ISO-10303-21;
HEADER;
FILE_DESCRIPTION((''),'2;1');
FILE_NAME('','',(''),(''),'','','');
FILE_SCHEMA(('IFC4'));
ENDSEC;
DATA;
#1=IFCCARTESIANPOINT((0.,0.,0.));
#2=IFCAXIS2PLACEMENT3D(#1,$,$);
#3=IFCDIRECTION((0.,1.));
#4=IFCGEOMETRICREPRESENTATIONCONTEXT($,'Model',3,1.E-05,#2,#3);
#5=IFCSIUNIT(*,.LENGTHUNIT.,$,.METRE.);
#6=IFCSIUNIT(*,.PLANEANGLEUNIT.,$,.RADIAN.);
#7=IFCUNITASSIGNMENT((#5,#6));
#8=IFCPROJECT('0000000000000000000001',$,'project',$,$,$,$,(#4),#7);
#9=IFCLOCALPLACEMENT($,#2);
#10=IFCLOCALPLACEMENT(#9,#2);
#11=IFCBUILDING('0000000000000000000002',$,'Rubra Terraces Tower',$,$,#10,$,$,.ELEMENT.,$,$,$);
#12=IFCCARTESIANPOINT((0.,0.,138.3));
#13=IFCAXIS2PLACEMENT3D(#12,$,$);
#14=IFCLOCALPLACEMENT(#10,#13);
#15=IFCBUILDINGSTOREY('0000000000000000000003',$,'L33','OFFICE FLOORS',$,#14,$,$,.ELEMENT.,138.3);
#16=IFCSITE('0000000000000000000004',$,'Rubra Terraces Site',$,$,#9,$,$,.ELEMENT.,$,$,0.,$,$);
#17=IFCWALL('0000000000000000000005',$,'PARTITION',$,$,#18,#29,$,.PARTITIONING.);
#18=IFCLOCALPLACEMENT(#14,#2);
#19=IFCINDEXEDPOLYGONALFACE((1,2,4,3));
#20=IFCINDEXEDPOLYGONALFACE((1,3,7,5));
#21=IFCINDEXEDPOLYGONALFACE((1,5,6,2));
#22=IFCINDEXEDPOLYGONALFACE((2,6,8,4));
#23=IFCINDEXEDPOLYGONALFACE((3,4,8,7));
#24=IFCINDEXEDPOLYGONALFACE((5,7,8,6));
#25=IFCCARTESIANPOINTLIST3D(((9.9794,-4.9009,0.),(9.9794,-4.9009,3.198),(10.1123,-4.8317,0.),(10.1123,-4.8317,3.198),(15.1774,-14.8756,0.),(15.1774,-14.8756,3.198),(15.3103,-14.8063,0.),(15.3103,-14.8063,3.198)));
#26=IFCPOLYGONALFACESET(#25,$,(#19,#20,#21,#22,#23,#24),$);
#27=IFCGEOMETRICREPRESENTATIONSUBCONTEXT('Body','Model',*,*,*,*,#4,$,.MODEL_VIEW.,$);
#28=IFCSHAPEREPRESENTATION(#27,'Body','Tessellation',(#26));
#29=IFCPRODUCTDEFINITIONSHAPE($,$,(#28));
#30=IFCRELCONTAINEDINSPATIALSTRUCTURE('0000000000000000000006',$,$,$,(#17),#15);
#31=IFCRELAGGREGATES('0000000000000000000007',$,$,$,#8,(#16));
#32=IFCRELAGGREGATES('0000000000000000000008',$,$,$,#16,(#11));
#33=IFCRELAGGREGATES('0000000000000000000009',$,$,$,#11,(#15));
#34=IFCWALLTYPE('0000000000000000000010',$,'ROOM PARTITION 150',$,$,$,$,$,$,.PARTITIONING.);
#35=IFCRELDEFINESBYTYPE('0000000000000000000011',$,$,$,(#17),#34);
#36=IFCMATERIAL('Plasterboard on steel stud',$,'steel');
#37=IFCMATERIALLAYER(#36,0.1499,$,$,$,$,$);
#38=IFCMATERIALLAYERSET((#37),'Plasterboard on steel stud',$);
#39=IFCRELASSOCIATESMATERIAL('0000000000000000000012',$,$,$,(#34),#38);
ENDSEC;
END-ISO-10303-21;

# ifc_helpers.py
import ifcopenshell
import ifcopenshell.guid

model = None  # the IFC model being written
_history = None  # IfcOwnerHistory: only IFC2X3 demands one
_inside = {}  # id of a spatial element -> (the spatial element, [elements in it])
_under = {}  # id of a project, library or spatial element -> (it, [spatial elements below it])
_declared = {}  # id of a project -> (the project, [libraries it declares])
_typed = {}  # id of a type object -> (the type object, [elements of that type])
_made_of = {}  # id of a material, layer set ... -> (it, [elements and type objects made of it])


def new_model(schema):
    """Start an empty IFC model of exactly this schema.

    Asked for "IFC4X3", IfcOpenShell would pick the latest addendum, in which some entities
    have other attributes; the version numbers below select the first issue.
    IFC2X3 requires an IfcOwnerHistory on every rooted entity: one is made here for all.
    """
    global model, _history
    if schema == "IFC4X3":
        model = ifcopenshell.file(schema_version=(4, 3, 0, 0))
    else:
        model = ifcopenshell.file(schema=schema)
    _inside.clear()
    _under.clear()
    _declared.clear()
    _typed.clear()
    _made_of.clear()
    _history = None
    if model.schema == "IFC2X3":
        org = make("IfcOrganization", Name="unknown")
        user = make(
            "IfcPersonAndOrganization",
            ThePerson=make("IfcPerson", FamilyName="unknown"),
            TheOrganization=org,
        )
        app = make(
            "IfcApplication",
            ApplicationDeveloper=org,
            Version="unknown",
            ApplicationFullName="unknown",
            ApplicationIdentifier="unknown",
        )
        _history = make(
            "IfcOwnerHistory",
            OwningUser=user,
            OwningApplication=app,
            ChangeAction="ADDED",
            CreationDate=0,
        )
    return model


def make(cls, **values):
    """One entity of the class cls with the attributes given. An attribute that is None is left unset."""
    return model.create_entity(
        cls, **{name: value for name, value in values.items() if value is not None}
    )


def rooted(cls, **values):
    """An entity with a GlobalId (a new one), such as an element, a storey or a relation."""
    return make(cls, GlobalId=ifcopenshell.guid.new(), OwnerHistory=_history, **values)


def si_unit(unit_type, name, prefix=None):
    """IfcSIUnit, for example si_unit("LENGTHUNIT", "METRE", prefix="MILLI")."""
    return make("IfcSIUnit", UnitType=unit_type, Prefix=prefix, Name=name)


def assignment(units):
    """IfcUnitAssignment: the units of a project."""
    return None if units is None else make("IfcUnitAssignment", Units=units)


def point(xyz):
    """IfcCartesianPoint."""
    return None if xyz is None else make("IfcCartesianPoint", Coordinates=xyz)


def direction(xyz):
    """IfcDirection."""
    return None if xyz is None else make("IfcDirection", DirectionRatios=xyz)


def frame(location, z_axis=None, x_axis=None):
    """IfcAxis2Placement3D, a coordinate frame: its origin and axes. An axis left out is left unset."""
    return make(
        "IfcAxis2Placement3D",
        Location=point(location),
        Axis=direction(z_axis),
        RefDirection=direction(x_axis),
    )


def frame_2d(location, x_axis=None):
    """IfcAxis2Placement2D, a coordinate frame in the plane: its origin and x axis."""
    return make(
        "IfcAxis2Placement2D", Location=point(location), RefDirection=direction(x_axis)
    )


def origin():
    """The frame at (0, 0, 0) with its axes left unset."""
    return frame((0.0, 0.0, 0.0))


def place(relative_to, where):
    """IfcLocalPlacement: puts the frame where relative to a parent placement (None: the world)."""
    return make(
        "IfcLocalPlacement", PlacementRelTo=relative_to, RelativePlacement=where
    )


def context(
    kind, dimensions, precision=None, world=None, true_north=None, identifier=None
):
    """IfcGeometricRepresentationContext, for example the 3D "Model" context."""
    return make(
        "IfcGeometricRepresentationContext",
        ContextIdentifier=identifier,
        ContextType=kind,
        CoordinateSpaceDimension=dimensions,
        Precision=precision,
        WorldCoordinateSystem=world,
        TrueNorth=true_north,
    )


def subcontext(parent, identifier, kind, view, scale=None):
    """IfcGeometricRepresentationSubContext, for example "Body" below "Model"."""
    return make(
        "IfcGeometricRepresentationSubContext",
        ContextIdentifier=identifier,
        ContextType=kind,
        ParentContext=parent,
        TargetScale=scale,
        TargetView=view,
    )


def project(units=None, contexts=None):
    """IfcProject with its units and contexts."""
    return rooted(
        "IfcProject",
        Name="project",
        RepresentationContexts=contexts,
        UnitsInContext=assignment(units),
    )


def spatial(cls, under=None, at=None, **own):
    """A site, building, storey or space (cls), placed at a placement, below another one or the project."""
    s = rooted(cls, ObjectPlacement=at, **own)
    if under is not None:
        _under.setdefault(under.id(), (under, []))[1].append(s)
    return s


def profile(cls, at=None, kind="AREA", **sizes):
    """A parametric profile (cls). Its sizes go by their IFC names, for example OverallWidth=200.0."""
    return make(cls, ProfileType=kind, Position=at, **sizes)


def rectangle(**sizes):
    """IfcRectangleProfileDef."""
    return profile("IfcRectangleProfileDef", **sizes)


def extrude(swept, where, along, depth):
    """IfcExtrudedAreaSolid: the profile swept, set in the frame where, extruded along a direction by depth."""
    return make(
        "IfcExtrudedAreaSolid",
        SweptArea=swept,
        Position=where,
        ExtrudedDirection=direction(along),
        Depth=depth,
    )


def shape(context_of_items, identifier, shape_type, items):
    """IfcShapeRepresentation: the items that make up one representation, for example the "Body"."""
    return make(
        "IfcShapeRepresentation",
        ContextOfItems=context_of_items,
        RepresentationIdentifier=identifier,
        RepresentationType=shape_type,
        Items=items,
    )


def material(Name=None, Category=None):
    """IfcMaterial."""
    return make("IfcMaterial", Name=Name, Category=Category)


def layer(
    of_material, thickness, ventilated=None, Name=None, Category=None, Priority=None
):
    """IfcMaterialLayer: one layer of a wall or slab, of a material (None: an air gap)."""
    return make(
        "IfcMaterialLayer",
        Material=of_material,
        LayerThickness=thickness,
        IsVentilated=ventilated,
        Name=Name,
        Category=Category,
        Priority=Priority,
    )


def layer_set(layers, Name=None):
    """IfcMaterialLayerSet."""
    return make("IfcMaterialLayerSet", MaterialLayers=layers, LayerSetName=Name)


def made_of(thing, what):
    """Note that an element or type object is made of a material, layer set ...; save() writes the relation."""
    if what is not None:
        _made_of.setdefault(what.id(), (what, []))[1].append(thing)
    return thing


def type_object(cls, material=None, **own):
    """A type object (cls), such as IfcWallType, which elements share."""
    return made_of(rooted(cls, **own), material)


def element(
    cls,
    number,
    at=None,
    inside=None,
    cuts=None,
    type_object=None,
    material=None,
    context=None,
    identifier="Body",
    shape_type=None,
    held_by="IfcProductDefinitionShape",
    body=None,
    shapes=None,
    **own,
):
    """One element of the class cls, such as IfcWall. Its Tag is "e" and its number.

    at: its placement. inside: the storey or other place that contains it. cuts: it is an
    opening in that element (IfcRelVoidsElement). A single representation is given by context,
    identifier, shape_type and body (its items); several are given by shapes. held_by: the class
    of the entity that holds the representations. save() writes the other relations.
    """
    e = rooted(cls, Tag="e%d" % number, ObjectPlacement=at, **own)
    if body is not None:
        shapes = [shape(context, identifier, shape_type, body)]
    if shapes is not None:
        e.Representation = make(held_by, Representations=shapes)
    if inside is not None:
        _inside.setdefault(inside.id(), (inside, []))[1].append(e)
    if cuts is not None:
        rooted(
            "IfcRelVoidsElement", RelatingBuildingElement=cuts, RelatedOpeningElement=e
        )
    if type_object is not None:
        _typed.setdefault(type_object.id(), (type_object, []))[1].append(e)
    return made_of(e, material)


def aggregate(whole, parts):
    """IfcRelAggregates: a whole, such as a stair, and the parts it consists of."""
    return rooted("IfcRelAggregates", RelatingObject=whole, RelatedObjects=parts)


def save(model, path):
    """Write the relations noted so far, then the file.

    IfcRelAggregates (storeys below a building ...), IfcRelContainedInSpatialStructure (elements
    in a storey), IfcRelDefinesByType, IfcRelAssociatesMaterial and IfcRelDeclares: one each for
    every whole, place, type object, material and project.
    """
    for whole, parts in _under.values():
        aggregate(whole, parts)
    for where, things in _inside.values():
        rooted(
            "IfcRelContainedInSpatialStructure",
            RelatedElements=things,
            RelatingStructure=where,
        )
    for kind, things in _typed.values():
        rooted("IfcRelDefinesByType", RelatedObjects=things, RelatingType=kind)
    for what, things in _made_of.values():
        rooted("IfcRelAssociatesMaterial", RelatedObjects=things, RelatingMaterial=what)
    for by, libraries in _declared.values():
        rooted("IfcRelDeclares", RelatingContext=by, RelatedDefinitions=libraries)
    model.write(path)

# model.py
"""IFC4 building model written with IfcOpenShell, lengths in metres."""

from ifc_helpers import new_model, si_unit, direction, frame, frame_2d, origin, place, context, subcontext, project, spatial, rectangle, extrude, material, layer, layer_set, type_object, element, save


model = new_model("IFC4")

# Units and contexts
model_context = context("Model", 3, precision=1e-05, world=origin(), true_north=direction((0.0, 1.0)))
body_context = subcontext(model_context, "Body", "Model", "MODEL_VIEW")
ifc_project = project(units=[si_unit("LENGTHUNIT", "METRE"), si_unit("PLANEANGLEUNIT", "RADIAN")], contexts=[model_context])

# Site, building, storey
site_placement = place(None, origin())
site = spatial("IfcSite", under=ifc_project, at=site_placement, Name="Rubra Terraces Site", CompositionType="ELEMENT", RefElevation=0.0)
building_placement = place(site_placement, origin())
building = spatial("IfcBuilding", under=site, at=building_placement, Name="Rubra Terraces Tower", CompositionType="ELEMENT")
storey_placement = place(building_placement, frame((0.0, 0.0, 138.3)))
storey = spatial("IfcBuildingStorey", under=building, at=storey_placement, Name="L33", Description="OFFICE FLOORS", CompositionType="ELEMENT", Elevation=138.3)

# Shared definitions
ifc_material_1 = material(Name="Plasterboard on steel stud", Category="steel")

# Wall
ifc_layer_1 = layer(ifc_material_1, 0.1499)
ifc_layer_set_1 = layer_set([ifc_layer_1], Name="Plasterboard on steel stud")
wall_type_1 = type_object("IfcWallType", Name="ROOM PARTITION 150", PredefinedType="PARTITIONING", material=ifc_layer_set_1)
wall_1_placement = place(storey_placement, frame((15.2439, -14.8411, 0.0), z_axis=(0.0, 0.0, 1.0), x_axis=(-0.462136, 0.886809, 0.0)))
element("IfcWall", 1, at=wall_1_placement, inside=storey, type_object=wall_type_1, Name="PARTITION", PredefinedType="PARTITIONING", context=body_context, shape_type="SweptSolid", body=[
    extrude(rectangle(XDim=11.2478, YDim=0.1499, at=frame_2d((5.624, 0.0))), origin(), (0.0, 0.0, 1.0), 3.198),
])

save(model, "model.ifc")
